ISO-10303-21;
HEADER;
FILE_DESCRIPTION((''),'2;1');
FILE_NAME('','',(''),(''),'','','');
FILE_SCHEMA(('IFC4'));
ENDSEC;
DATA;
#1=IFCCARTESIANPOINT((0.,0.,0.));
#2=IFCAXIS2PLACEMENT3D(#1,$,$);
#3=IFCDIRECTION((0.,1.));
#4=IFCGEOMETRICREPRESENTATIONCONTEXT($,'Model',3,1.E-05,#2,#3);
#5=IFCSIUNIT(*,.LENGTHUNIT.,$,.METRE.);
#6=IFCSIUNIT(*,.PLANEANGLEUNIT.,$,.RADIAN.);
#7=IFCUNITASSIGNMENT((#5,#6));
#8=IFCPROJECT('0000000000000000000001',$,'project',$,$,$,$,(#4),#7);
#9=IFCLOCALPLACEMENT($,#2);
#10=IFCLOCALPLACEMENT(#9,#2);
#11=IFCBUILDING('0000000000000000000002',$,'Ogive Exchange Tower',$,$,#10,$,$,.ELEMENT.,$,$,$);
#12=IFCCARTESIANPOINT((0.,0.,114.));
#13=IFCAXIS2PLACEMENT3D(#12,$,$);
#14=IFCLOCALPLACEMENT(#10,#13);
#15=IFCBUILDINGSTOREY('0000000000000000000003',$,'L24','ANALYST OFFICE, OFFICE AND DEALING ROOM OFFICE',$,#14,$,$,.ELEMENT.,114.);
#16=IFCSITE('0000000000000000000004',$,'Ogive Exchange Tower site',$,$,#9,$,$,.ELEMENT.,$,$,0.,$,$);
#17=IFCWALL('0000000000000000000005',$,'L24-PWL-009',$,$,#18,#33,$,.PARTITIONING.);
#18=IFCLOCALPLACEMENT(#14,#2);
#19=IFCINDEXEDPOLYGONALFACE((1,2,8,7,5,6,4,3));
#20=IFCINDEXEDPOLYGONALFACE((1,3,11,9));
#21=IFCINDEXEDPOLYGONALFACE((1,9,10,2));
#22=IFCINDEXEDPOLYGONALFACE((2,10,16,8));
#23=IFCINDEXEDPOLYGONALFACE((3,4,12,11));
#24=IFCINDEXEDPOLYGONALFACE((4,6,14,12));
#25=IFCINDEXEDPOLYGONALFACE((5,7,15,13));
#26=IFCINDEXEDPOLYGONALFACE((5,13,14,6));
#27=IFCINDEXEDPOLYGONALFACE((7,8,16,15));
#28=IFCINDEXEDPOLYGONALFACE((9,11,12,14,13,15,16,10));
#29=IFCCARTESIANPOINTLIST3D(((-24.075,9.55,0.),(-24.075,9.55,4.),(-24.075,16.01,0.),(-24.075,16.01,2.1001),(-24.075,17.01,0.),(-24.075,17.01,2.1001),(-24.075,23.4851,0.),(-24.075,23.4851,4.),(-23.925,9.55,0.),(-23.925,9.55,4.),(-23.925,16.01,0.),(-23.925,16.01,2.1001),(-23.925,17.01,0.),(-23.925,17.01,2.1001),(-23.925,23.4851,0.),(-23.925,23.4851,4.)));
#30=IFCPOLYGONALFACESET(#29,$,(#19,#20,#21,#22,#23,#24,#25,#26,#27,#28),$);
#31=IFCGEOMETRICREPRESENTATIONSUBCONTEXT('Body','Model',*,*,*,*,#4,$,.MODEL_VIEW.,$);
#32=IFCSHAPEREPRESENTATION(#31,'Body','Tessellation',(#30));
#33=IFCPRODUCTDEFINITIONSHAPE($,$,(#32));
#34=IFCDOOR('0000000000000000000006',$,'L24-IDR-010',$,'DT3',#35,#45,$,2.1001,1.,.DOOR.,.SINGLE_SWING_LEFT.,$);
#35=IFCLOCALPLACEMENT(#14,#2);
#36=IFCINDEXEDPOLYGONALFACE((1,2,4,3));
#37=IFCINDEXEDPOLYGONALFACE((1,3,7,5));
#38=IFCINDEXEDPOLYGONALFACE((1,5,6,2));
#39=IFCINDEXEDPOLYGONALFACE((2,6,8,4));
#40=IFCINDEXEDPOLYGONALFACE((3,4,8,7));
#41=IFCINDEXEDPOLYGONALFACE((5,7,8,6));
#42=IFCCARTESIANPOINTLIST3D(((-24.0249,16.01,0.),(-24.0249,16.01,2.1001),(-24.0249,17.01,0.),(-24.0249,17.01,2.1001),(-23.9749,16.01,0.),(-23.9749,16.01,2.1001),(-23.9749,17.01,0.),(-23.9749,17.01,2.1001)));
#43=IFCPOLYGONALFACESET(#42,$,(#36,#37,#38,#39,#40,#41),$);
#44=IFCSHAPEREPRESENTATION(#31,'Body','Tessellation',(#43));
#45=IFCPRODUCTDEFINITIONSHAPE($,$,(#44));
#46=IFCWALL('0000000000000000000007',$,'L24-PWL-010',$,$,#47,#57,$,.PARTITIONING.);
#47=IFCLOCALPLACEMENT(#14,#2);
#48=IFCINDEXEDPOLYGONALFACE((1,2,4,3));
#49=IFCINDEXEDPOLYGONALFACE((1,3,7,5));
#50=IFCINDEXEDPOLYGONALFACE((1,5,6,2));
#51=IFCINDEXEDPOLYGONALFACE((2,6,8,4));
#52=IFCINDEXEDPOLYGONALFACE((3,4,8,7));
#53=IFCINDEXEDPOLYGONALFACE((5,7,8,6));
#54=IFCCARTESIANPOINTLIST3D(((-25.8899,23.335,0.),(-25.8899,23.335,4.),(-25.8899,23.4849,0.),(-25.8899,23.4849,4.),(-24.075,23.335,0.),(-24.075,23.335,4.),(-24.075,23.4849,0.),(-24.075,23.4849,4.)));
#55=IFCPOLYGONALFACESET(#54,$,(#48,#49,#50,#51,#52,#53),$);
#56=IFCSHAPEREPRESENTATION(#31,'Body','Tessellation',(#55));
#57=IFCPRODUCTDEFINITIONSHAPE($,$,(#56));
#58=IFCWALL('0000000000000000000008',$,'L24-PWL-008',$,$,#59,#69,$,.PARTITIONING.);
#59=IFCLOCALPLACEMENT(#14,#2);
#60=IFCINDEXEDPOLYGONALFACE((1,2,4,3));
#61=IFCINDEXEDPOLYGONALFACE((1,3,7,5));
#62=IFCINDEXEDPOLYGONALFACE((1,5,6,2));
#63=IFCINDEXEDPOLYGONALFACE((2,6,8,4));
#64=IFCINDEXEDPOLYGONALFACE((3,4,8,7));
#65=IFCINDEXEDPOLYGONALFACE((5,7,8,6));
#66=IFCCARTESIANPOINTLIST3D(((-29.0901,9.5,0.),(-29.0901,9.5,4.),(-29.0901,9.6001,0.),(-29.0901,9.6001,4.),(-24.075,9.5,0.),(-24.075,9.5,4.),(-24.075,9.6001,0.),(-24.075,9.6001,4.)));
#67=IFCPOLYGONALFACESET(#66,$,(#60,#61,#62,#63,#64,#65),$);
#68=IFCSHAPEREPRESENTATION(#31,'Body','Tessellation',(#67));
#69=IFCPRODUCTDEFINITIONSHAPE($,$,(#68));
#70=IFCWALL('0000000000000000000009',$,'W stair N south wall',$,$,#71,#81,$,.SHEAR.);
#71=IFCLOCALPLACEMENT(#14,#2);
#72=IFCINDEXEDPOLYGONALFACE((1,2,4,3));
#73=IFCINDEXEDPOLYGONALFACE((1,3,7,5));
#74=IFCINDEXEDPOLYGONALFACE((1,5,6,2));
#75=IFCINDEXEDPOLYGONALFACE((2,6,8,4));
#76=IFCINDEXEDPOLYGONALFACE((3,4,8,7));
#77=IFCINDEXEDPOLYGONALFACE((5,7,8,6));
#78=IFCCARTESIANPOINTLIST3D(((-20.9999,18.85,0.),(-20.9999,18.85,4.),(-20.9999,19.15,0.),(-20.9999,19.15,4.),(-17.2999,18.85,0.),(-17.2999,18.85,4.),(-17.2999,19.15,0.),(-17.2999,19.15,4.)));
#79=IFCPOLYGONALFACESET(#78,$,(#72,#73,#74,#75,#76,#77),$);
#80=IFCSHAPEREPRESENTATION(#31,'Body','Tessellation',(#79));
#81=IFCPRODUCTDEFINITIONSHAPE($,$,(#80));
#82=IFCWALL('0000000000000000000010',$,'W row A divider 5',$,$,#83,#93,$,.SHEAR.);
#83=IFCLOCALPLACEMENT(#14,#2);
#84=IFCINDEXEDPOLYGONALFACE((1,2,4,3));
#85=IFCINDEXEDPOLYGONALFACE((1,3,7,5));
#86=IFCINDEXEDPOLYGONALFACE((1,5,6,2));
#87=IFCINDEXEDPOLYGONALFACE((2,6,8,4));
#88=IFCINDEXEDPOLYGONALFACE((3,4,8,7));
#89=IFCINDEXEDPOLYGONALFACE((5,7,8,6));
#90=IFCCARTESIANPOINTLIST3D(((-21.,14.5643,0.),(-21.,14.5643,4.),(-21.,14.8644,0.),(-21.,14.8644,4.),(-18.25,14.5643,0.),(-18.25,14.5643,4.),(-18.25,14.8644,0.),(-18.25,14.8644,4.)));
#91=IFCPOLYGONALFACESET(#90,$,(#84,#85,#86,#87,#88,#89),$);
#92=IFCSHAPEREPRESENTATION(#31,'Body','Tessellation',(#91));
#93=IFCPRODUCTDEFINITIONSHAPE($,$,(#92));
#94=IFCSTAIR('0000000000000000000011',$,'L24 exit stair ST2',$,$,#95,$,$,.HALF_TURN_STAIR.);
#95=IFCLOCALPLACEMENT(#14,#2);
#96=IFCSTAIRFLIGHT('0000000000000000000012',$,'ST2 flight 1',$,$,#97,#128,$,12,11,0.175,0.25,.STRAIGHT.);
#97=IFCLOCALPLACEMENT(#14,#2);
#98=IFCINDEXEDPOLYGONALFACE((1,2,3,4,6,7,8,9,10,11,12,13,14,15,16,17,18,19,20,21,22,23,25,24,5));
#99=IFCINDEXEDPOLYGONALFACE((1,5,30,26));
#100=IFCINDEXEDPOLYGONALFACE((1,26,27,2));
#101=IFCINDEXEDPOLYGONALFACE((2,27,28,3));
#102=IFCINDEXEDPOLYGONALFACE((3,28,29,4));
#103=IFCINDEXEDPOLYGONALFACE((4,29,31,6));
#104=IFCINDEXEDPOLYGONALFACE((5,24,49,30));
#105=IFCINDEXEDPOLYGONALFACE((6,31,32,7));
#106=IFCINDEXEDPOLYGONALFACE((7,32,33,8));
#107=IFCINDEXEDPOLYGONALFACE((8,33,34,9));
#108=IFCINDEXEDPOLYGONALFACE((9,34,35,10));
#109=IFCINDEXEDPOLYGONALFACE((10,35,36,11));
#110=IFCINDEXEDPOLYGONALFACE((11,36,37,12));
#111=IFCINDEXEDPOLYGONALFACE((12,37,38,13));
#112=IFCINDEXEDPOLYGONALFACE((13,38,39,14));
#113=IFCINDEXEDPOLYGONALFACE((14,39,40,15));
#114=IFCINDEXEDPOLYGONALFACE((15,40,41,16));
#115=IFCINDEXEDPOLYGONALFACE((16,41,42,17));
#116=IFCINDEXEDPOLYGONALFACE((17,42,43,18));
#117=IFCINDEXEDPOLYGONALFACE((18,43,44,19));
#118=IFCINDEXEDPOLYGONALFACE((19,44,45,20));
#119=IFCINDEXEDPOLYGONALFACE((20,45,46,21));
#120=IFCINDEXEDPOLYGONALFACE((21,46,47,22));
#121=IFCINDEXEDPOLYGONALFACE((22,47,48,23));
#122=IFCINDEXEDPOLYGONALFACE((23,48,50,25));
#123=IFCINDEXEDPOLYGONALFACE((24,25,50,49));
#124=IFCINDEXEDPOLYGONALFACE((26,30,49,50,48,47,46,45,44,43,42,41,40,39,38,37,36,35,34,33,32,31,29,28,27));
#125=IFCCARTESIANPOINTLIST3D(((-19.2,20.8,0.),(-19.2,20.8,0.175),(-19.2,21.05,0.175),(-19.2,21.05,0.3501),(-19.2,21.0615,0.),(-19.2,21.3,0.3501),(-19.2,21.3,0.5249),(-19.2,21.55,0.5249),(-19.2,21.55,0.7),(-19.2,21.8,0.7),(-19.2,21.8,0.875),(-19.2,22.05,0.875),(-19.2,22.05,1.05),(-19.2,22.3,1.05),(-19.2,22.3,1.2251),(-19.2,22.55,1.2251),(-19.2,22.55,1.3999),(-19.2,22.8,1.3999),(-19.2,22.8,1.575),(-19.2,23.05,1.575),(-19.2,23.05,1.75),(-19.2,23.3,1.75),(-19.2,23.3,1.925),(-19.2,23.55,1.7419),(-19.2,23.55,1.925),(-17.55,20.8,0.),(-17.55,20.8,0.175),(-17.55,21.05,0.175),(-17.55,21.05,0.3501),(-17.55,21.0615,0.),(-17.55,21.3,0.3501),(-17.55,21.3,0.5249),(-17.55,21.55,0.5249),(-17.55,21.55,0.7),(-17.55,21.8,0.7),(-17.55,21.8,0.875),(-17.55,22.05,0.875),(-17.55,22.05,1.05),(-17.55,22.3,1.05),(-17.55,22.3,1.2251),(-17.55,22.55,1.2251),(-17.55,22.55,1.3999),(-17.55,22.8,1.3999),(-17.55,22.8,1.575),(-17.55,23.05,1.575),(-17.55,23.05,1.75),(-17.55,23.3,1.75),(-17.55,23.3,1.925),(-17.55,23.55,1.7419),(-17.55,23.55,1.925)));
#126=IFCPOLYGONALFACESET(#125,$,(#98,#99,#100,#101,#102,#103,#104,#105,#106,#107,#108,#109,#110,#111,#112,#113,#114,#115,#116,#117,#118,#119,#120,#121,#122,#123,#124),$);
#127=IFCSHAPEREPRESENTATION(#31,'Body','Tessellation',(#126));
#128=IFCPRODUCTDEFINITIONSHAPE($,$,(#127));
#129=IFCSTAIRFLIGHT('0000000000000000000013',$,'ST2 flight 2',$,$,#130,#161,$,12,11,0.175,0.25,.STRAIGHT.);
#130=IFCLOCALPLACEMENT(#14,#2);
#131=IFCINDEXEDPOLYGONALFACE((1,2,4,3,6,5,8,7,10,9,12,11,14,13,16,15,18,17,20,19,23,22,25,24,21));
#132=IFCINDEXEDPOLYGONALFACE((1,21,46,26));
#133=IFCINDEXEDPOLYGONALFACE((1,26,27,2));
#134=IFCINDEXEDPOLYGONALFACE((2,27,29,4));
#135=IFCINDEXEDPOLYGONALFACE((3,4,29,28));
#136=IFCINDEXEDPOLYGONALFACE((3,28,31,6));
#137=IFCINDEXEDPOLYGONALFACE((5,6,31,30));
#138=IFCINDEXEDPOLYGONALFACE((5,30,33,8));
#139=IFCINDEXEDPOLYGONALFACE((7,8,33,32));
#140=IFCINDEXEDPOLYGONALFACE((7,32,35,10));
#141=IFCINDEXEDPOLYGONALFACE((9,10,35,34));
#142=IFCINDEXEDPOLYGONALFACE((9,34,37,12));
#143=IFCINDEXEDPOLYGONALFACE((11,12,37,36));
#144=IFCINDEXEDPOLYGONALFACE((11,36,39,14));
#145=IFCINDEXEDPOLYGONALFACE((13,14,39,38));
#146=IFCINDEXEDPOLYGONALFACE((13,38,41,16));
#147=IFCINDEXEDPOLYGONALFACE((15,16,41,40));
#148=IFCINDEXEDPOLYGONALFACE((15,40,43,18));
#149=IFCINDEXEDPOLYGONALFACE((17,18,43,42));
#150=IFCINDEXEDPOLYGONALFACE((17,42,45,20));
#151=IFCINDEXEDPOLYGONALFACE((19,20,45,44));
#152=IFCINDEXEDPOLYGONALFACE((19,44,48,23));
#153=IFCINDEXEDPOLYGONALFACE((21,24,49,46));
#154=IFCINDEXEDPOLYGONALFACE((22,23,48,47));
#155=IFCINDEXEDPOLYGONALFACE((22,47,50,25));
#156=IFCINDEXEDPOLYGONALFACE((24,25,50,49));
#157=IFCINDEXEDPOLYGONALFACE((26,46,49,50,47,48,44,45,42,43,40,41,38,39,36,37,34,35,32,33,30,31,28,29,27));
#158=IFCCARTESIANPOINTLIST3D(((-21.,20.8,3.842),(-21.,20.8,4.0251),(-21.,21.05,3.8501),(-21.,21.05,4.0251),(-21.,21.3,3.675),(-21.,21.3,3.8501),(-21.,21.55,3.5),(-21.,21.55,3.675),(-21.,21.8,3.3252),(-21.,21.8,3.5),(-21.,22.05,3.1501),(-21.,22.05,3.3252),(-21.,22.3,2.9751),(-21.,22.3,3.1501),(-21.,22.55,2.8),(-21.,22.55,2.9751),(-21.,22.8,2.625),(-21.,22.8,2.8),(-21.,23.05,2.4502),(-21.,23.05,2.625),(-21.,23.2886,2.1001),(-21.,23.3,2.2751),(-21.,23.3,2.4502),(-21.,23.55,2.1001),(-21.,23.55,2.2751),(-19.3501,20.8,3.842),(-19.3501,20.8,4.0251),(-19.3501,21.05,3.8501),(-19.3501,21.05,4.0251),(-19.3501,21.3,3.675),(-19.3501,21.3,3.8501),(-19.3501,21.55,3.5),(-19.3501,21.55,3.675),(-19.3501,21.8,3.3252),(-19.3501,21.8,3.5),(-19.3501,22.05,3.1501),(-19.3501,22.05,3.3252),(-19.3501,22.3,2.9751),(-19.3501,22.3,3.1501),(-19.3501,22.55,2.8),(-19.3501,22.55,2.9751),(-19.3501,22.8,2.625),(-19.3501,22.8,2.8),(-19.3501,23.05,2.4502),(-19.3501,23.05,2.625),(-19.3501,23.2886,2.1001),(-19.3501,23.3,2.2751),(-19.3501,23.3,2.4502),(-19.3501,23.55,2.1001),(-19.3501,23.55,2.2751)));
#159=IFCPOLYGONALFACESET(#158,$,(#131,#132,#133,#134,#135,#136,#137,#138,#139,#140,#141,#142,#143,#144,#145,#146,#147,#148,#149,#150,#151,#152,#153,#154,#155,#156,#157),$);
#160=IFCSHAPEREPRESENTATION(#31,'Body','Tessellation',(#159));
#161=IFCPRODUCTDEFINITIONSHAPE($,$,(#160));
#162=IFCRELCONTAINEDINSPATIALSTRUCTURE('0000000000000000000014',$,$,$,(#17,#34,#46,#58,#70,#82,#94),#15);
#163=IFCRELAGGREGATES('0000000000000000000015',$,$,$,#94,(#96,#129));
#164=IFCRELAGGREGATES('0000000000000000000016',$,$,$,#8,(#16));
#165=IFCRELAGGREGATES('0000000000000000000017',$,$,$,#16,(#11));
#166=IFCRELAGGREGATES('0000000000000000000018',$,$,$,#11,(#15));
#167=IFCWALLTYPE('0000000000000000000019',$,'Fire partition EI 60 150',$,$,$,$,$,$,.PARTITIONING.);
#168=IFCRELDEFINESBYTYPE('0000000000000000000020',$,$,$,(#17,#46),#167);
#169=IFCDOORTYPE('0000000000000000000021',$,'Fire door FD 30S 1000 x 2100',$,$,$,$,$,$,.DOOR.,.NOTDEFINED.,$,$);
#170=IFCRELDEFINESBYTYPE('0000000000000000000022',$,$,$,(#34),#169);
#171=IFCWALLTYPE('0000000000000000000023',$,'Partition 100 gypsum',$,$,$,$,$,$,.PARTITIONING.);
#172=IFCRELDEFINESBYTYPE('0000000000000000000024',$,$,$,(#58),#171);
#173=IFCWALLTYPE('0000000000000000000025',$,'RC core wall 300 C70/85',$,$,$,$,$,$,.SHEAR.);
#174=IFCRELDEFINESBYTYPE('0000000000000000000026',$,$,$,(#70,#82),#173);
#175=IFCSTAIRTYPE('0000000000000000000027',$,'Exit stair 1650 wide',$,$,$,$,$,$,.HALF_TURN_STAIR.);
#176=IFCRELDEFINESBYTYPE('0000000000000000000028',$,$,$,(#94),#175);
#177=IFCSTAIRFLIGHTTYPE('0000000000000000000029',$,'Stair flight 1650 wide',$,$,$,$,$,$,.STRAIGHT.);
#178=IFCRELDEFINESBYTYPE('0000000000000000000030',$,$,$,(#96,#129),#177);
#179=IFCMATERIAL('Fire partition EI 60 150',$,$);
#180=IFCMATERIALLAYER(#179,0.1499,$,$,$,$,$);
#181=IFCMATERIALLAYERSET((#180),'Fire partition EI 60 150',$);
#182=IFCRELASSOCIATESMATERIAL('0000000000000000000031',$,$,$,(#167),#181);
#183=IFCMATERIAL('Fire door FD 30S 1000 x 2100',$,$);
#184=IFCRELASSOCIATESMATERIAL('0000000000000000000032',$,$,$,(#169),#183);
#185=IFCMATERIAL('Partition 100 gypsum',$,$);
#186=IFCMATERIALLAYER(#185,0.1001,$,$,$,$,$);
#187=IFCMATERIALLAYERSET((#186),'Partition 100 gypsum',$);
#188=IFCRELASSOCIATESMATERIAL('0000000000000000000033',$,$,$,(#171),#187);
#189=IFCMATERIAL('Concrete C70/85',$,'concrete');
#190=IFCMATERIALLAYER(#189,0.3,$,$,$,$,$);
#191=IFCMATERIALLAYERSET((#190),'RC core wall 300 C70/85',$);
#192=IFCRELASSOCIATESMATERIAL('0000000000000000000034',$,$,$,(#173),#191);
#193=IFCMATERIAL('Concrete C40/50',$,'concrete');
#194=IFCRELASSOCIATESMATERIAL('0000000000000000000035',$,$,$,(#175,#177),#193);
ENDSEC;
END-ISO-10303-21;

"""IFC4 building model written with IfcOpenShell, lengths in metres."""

from ifc_helpers import new_model, si_unit, direction, frame, frame_2d, origin, place, context, subcontext, project, spatial, polyline, rectangle, outline, extrude, material, layer, layer_set, type_object, element, fill, aggregate, save


model = new_model("IFC4")

# Units and contexts
model_context = context("Model", 3, precision=1e-05, world=origin(), true_north=direction((0.0, 1.0)))
body_context = subcontext(model_context, "Body", "Model", "MODEL_VIEW")
ifc_project = project(units=[si_unit("LENGTHUNIT", "METRE"), si_unit("PLANEANGLEUNIT", "RADIAN")], contexts=[model_context])

# Site, building, storey
site_placement = place(None, origin())
site = spatial("IfcSite", under=ifc_project, at=site_placement, Name="Ogive Exchange Tower site", CompositionType="ELEMENT", RefElevation=0.0)
building_placement = place(site_placement, origin())
building = spatial("IfcBuilding", under=site, at=building_placement, Name="Ogive Exchange Tower", CompositionType="ELEMENT")
storey_placement = place(building_placement, frame((0.0, 0.0, 114.0)))
storey = spatial("IfcBuildingStorey", under=building, at=storey_placement, Name="L24", Description="ANALYST OFFICE, OFFICE AND DEALING ROOM OFFICE", CompositionType="ELEMENT", Elevation=114.0)

# Wall, opening, door
ifc_material_1 = material(Name="Fire partition EI 60 150")
ifc_layer_1 = layer(ifc_material_1, 0.1499)
ifc_layer_set_1 = layer_set([ifc_layer_1], Name="Fire partition EI 60 150")
wall_type_1 = type_object("IfcWallType", Name="Fire partition EI 60 150", PredefinedType="PARTITIONING", material=ifc_layer_set_1)
wall_1_placement = place(storey_placement, frame((-24.0, 9.55, 0.0), z_axis=(0.0, 0.0, 1.0), x_axis=(0.0, 1.0, 0.0)))
wall_1 = element("IfcWall", 1, at=wall_1_placement, inside=storey, type_object=wall_type_1, Name="L24-PWL-009", PredefinedType="PARTITIONING", context=body_context, shape_type="SweptSolid", body=[
    extrude(rectangle(XDim=13.9351, YDim=0.1499, at=frame_2d((6.9675, 0.0))), origin(), (0.0, 0.0, 1.0), 4.0),
])
opening_placement = place(wall_1_placement, frame((6.46, 0.0, 0.0)))
opening = element("IfcOpeningElement", 2, at=opening_placement, cuts=wall_1, PredefinedType="OPENING", context=body_context, shape_type="SweptSolid", body=[
    extrude(rectangle(XDim=1.0, YDim=2.1001, at=frame_2d((0.5, 1.05))), frame((0.0, 0.085, 0.0), z_axis=(0.0, -1.0, 0.0), x_axis=(1.0, 0.0, 0.0)), (0.0, 0.0, 1.0), 0.1699),
])
ifc_material_2 = material(Name="Fire door FD 30S 1000 x 2100")
door_type = type_object("IfcDoorType", Name="Fire door FD 30S 1000 x 2100", OperationType="NOTDEFINED", PredefinedType="DOOR", material=ifc_material_2)
door_placement = place(opening_placement, origin())
door = element("IfcDoor", 3, at=door_placement, inside=storey, type_object=door_type, Name="L24-IDR-010", ObjectType="DT3", OperationType="SINGLE_SWING_LEFT", OverallHeight=2.1001, OverallWidth=1.0, PredefinedType="DOOR", context=body_context, shape_type="SweptSolid", body=[
    extrude(rectangle(XDim=1.0, YDim=2.1001, at=frame_2d((0.5, 1.05))), frame((0.0, 0.0249, 0.0), z_axis=(0.0, -1.0, 0.0), x_axis=(1.0, 0.0, 0.0)), (0.0, 0.0, 1.0), 0.05),
])
fill(opening, door)

# Walls
wall_2_placement = place(storey_placement, frame((-24.075, 23.4099, 0.0), z_axis=(0.0, 0.0, 1.0), x_axis=(-1.0, 0.0, 0.0)))
element("IfcWall", 4, at=wall_2_placement, inside=storey, type_object=wall_type_1, Name="L24-PWL-010", PredefinedType="PARTITIONING", context=body_context, shape_type="SweptSolid", body=[
    extrude(rectangle(XDim=1.8149, YDim=0.1499, at=frame_2d((0.9075, 0.0))), origin(), (0.0, 0.0, 1.0), 4.0),
])
ifc_material_3 = material(Name="Partition 100 gypsum")
ifc_layer_2 = layer(ifc_material_3, 0.1001)
ifc_layer_set_2 = layer_set([ifc_layer_2], Name="Partition 100 gypsum")
wall_type_2 = type_object("IfcWallType", Name="Partition 100 gypsum", PredefinedType="PARTITIONING", material=ifc_layer_set_2)
wall_3_placement = place(storey_placement, frame((-24.075, 9.55, 0.0), z_axis=(0.0, 0.0, 1.0), x_axis=(-1.0, 0.0, 0.0)))
element("IfcWall", 5, at=wall_3_placement, inside=storey, type_object=wall_type_2, Name="L24-PWL-008", PredefinedType="PARTITIONING", context=body_context, shape_type="SweptSolid", body=[
    extrude(rectangle(XDim=5.0151, YDim=0.1001, at=frame_2d((2.5076, 0.0))), origin(), (0.0, 0.0, 1.0), 4.0),
])
ifc_material_4 = material(Name="Concrete C70/85", Category="concrete")
ifc_layer_3 = layer(ifc_material_4, 0.3)
ifc_layer_set_3 = layer_set([ifc_layer_3], Name="RC core wall 300 C70/85")
wall_type_3 = type_object("IfcWallType", Name="RC core wall 300 C70/85", PredefinedType="SHEAR", material=ifc_layer_set_3)
wall_4_placement = place(storey_placement, frame((-21.0, 19.0, 0.0), z_axis=(0.0, 0.0, 1.0), x_axis=(1.0, 0.0, 0.0)))
element("IfcWall", 6, at=wall_4_placement, inside=storey, type_object=wall_type_3, Name="W stair N south wall", PredefinedType="SHEAR", context=body_context, shape_type="SweptSolid", body=[
    extrude(rectangle(XDim=3.7, YDim=0.3, at=frame_2d((1.8501, 0.0))), origin(), (0.0, 0.0, 1.0), 4.0),
])
wall_5_placement = place(storey_placement, frame((-21.0, 14.7144, 0.0), z_axis=(0.0, 0.0, 1.0), x_axis=(1.0, 0.0, 0.0)))
element("IfcWall", 7, at=wall_5_placement, inside=storey, type_object=wall_type_3, Name="W row A divider 5", PredefinedType="SHEAR", context=body_context, shape_type="SweptSolid", body=[
    extrude(rectangle(XDim=2.75, YDim=0.3, at=frame_2d((1.375, 0.0))), origin(), (0.0, 0.0, 1.0), 4.0),
])

# Stair, stair flights
ifc_material_5 = material(Name="Concrete C40/50", Category="concrete")
stair_type = type_object("IfcStairType", Name="Exit stair 1650 wide", PredefinedType="HALF_TURN_STAIR", material=ifc_material_5)
stair_placement = place(storey_placement, origin())
stair = element("IfcStair", 8, at=stair_placement, inside=storey, type_object=stair_type, Name="L24 exit stair ST2", PredefinedType="HALF_TURN_STAIR")
stair_flight_type = type_object("IfcStairFlightType", Name="Stair flight 1650 wide", PredefinedType="STRAIGHT", material=ifc_material_5)
stair_flight_1_placement = place(storey_placement, frame((-18.375, 20.8, 0.0), z_axis=(0.0, 0.0, 1.0), x_axis=(0.0, 1.0, 0.0)))
stair_flight_1 = element("IfcStairFlight", 9, at=stair_flight_1_placement, type_object=stair_flight_type, Name="ST2 flight 1", NumberOfRisers=12, NumberOfTreads=11, PredefinedType="STRAIGHT", RiserHeight=0.175, TreadLength=0.25, context=body_context, shape_type="SweptSolid", body=[
    extrude(outline(polyline([(0.0, 0.0), (0.0, 0.175), (0.25, 0.175), (0.25, 0.3501), (0.5, 0.3501), (0.5, 0.5249), (0.75, 0.5249), (0.75, 0.7), (1.0, 0.7), (1.0, 0.875), (1.25, 0.875), (1.25, 1.05), (1.5, 1.05), (1.5, 1.2251), (1.75, 1.2251), (1.75, 1.3999), (2.0, 1.3999), (2.0, 1.575), (2.25, 1.575), (2.25, 1.75), (2.5, 1.75), (2.5, 1.925), (2.75, 1.925), (2.75, 2.1001), (2.75, 1.7419), (0.2615, 0.0), (0.0, 0.0)])), frame((0.0, 0.825, 0.0), z_axis=(0.0, -1.0, 0.0), x_axis=(1.0, 0.0, 0.0)), (0.0, 0.0, 1.0), 1.6499),
])
stair_flight_2_placement = place(storey_placement, frame((-20.175, 23.55, 2.1001), z_axis=(0.0, 0.0, 1.0), x_axis=(0.0, -1.0, 0.0)))
stair_flight_2 = element("IfcStairFlight", 10, at=stair_flight_2_placement, type_object=stair_flight_type, Name="ST2 flight 2", NumberOfRisers=12, NumberOfTreads=11, PredefinedType="STRAIGHT", RiserHeight=0.175, TreadLength=0.25, context=body_context, shape_type="SweptSolid", body=[
    extrude(outline(polyline([(0.0, 0.0), (0.0, 0.175), (0.25, 0.175), (0.25, 0.3501), (0.5, 0.3501), (0.5, 0.5249), (0.75, 0.5249), (0.75, 0.7), (1.0, 0.7), (1.0, 0.875), (1.25, 0.875), (1.25, 1.05), (1.5, 1.05), (1.5, 1.2251), (1.75, 1.2251), (1.75, 1.3999), (2.0, 1.3999), (2.0, 1.575), (2.25, 1.575), (2.25, 1.75), (2.5, 1.75), (2.5, 1.925), (2.75, 1.925), (2.75, 2.1001), (2.75, 1.7419), (0.2615, 0.0), (0.0, 0.0)])), frame((0.0, 0.825, 0.0), z_axis=(0.0, -1.0, 0.0), x_axis=(1.0, 0.0, 0.0)), (0.0, 0.0, 1.0), 1.6499),
])
aggregate(stair, [stair_flight_1, stair_flight_2])

save(model, "model.ifc")
